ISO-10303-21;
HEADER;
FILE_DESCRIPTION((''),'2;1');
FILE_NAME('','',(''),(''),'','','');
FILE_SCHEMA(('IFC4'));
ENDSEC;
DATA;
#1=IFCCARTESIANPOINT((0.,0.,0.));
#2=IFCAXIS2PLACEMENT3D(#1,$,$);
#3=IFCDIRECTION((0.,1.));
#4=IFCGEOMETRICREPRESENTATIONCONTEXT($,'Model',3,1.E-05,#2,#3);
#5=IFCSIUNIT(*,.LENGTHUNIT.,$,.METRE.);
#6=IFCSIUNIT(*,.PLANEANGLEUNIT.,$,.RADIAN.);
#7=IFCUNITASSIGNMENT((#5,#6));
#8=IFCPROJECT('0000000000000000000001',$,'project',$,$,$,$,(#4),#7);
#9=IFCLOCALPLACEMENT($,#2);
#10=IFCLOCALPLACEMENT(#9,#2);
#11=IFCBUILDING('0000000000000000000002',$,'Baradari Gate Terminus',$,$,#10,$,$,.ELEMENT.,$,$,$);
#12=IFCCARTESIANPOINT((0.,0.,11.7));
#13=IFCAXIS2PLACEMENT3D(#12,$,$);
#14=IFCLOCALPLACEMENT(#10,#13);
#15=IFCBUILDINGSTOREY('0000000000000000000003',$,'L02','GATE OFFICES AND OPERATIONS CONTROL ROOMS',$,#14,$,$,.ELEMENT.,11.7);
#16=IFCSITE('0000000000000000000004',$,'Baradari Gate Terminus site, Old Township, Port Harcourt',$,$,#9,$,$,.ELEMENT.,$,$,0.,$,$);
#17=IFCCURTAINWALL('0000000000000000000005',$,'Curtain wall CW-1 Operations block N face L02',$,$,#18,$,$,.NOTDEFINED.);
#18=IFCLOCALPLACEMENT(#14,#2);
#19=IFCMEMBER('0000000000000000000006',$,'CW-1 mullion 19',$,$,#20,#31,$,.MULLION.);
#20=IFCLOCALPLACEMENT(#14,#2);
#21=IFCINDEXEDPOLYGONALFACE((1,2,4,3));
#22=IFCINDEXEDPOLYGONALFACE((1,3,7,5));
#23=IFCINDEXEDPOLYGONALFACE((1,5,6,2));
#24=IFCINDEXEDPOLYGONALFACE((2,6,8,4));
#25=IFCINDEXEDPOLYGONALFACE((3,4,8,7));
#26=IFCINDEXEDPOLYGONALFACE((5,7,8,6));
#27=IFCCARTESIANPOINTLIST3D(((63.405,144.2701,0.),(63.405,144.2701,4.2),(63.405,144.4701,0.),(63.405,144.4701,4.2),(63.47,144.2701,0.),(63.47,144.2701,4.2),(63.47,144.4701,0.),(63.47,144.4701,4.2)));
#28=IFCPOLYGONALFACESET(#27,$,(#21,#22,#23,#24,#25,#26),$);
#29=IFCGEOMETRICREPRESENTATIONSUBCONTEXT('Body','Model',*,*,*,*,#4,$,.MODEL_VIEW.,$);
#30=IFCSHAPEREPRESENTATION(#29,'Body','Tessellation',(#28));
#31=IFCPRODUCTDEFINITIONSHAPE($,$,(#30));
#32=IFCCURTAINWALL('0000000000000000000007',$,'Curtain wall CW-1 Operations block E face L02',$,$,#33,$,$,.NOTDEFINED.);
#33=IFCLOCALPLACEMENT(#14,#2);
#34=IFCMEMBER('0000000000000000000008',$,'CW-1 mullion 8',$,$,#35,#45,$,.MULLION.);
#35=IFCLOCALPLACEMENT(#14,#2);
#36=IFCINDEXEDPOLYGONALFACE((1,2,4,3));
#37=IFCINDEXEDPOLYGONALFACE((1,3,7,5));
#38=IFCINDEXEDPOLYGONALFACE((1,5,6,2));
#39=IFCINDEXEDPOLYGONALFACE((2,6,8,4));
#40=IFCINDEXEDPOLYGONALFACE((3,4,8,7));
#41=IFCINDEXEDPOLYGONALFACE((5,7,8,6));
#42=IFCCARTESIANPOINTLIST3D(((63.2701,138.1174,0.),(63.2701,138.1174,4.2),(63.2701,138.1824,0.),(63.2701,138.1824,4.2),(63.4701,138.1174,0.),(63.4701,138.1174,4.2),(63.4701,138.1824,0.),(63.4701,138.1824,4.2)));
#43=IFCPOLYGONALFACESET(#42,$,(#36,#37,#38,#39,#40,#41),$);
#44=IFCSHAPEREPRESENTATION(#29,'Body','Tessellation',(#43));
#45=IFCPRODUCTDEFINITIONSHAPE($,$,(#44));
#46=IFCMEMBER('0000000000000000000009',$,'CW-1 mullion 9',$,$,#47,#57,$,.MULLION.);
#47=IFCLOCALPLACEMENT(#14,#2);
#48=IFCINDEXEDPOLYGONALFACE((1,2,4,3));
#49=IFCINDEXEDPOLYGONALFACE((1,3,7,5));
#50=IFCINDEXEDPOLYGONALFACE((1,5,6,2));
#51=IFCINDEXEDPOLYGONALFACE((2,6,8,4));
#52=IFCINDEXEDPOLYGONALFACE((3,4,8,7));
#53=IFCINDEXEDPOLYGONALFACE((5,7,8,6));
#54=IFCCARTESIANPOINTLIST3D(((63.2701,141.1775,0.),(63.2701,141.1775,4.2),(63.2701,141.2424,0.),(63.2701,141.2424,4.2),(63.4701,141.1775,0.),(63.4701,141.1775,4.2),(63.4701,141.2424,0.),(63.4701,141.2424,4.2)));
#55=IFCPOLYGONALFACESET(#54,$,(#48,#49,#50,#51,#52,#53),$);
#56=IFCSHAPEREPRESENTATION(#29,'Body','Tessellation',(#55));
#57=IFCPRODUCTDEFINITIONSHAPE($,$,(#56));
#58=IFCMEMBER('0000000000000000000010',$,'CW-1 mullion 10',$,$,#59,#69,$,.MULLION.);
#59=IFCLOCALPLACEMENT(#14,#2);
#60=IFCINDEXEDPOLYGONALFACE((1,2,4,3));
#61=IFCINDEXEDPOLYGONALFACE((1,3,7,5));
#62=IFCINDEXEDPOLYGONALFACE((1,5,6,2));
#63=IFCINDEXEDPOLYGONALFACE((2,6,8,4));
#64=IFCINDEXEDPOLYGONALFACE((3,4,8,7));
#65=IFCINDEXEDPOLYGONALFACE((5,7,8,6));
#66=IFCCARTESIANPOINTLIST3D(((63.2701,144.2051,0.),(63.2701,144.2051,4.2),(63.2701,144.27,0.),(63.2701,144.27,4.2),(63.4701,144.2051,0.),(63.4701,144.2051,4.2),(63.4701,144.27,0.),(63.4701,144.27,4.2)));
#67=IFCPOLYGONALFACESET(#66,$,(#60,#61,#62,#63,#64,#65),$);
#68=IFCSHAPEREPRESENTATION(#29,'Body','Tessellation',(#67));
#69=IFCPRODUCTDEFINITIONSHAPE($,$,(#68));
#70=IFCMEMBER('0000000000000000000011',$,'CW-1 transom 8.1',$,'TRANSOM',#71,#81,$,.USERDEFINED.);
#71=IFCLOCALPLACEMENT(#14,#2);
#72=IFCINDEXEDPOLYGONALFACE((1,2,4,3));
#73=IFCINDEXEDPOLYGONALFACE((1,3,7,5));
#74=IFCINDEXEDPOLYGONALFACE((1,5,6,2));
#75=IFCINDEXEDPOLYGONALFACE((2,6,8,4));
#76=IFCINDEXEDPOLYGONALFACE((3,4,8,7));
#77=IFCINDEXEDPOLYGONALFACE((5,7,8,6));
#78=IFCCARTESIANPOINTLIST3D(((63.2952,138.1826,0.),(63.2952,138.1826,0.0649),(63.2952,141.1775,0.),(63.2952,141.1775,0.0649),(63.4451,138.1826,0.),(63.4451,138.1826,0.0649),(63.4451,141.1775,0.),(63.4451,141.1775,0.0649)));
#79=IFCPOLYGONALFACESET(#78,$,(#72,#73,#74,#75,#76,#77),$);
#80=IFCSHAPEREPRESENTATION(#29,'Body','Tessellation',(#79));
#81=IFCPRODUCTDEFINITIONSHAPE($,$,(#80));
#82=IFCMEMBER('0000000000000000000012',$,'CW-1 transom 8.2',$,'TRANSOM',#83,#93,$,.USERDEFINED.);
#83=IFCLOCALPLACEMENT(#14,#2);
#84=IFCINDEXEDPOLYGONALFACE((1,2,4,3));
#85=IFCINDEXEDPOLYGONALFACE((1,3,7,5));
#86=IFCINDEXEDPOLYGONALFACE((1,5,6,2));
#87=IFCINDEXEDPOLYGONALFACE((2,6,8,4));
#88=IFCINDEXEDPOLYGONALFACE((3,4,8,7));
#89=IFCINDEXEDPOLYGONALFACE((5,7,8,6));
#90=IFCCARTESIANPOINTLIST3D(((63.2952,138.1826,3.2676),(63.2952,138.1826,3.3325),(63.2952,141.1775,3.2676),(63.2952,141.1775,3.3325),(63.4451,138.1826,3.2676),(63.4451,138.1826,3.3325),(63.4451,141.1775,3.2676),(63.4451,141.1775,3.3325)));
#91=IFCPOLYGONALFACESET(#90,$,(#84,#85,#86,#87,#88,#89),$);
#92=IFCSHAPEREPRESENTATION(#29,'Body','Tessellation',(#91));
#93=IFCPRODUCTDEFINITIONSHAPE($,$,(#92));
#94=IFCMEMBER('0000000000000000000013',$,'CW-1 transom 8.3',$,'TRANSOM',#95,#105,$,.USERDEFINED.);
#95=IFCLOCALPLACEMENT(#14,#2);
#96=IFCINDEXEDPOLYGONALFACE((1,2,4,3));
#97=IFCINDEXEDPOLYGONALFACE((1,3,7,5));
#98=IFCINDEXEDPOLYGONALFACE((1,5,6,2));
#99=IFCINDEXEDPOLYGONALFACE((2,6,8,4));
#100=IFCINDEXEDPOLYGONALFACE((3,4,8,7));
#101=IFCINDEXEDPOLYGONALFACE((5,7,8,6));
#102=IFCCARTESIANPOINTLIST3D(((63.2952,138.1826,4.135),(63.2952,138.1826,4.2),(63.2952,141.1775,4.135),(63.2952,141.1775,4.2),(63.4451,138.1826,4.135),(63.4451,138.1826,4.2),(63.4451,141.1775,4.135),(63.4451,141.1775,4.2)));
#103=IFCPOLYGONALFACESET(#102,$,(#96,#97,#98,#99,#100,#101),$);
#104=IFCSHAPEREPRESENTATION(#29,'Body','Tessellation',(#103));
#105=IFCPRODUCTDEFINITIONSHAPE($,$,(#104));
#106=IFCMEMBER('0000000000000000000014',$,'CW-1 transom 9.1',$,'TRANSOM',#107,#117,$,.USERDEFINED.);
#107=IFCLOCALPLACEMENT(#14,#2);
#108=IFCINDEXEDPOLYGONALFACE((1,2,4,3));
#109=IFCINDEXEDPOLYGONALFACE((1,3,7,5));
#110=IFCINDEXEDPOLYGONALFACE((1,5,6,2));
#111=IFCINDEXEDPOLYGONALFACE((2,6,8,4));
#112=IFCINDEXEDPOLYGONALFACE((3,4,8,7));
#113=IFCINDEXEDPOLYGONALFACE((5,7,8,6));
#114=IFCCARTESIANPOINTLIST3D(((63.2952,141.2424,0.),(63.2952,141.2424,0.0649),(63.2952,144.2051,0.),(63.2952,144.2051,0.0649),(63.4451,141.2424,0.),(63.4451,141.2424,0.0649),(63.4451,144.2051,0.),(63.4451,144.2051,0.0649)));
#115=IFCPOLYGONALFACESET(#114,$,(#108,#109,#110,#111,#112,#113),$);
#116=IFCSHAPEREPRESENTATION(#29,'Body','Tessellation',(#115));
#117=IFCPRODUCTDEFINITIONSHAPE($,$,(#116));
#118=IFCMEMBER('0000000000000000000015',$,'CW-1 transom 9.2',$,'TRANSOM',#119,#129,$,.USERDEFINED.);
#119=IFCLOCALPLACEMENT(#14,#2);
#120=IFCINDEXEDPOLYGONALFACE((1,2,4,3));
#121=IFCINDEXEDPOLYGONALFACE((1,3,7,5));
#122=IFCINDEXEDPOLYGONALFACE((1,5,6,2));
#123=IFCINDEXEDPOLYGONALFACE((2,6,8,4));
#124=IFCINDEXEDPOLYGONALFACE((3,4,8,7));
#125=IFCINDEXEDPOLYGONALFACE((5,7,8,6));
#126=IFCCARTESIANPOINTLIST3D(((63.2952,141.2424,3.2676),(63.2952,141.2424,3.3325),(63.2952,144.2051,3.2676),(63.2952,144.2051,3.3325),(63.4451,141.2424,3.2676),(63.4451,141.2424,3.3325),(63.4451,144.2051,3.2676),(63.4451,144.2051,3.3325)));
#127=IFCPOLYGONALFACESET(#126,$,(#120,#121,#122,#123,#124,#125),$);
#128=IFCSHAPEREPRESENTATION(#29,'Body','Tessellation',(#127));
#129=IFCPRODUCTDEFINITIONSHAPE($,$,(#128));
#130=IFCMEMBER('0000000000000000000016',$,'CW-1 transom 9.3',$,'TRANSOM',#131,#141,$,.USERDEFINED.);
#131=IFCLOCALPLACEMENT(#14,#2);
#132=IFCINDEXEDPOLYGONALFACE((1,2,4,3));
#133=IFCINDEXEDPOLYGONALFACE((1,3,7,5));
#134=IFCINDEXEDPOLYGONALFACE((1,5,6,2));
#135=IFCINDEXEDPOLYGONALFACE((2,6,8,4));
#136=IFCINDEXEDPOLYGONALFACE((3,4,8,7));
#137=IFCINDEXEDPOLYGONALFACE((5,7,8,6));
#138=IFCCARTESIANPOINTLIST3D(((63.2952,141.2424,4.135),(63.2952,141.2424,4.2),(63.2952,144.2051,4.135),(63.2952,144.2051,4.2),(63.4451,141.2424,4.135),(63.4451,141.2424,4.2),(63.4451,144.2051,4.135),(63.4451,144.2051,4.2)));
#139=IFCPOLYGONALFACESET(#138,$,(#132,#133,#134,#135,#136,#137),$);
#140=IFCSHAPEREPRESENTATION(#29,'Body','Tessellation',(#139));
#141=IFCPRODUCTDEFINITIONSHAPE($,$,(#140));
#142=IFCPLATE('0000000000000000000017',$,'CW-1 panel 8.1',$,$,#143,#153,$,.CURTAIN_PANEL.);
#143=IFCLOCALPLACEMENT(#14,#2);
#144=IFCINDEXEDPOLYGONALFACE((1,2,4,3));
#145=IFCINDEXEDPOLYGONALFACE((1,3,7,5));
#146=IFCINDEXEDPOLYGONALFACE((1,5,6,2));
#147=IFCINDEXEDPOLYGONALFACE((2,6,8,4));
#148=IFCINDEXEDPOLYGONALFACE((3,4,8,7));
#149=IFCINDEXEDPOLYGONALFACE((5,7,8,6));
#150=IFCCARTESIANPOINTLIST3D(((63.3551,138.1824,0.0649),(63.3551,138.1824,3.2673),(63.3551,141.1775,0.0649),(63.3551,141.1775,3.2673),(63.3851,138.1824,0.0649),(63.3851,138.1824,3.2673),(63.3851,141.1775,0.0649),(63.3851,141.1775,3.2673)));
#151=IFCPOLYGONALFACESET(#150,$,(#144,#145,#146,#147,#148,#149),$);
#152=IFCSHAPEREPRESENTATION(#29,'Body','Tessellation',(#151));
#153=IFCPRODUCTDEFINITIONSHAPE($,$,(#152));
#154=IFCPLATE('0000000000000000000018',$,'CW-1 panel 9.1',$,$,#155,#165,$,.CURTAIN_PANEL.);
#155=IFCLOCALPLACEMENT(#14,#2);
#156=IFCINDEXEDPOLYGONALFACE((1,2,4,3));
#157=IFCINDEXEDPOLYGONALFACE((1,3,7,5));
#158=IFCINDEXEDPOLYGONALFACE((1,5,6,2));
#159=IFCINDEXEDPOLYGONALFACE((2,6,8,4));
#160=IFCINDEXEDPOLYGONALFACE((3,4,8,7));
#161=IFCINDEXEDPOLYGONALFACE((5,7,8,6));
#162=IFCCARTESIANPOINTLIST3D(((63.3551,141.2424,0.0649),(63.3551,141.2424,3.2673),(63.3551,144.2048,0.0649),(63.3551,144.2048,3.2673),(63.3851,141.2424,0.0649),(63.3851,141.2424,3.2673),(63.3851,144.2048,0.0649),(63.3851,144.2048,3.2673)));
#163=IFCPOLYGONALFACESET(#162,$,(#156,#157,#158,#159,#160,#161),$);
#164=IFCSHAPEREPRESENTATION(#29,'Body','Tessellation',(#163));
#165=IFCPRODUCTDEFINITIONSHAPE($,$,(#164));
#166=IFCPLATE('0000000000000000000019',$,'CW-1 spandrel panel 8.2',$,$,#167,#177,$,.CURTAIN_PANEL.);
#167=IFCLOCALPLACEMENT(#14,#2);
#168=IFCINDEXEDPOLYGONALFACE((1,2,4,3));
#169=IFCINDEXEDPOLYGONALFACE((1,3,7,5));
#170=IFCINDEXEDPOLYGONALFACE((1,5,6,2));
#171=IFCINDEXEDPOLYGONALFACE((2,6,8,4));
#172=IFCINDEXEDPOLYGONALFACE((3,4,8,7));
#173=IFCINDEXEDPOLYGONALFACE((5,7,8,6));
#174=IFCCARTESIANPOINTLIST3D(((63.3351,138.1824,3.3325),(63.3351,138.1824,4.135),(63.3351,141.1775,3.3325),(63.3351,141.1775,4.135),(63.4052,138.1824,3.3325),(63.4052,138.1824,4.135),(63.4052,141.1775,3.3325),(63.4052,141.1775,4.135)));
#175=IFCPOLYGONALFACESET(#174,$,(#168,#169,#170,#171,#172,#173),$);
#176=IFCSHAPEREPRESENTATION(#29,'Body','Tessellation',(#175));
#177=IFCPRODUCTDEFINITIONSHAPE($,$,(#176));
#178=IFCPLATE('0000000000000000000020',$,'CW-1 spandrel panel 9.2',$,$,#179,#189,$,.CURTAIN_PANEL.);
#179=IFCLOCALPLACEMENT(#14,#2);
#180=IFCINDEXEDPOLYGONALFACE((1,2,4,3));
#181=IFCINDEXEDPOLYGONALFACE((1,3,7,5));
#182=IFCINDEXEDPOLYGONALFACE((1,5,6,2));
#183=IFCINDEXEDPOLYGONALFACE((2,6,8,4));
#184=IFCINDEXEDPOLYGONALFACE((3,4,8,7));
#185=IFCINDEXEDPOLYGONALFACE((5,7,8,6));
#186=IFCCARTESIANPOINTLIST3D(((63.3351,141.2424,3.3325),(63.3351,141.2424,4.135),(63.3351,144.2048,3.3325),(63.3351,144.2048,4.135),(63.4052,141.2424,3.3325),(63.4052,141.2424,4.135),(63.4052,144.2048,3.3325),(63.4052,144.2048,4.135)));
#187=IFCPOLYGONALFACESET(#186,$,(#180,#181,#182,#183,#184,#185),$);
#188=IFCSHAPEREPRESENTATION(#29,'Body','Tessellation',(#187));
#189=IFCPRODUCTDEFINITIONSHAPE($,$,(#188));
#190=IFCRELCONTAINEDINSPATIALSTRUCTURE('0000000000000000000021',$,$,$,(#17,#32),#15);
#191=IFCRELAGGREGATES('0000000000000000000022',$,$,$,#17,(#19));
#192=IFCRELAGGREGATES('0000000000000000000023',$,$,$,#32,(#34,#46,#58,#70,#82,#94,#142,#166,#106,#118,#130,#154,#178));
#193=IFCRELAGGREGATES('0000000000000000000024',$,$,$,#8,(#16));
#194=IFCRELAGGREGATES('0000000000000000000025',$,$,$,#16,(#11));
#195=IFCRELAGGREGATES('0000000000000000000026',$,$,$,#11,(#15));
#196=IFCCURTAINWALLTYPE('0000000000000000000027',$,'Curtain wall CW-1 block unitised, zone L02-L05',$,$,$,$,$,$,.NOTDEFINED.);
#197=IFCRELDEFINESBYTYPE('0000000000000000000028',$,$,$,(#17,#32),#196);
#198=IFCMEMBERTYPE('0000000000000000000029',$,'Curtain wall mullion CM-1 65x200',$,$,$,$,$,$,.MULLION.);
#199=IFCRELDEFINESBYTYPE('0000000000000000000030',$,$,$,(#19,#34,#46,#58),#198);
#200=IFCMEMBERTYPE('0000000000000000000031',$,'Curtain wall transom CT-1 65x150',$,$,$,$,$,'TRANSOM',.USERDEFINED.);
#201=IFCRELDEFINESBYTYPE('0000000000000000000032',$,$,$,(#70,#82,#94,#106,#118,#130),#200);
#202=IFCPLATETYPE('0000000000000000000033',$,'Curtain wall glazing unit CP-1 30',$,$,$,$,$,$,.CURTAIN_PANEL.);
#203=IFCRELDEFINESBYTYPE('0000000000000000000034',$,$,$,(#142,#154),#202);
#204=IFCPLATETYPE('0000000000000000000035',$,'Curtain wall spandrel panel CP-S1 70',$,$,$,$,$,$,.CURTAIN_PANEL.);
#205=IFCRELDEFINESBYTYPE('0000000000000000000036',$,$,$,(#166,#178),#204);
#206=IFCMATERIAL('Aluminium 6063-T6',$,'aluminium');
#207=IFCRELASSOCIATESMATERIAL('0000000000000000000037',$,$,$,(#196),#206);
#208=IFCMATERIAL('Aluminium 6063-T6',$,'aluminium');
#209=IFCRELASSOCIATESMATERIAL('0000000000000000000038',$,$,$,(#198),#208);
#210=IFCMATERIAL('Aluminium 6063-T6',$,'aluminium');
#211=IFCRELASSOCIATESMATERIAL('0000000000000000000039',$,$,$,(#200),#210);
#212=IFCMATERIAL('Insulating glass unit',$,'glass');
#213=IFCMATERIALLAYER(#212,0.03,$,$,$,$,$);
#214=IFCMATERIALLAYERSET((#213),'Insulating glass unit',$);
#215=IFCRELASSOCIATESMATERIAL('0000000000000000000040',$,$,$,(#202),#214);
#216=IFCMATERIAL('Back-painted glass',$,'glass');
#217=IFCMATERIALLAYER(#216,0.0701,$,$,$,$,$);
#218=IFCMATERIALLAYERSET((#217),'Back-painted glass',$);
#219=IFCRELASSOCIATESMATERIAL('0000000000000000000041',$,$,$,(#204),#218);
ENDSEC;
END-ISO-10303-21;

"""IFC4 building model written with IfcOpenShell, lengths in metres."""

from ifc_helpers import new_model, si_unit, direction, frame, origin, origin_2d, place, context, subcontext, project, spatial, rectangle, extrude, material, layer, layer_set, material_profile, profile_set, type_object, element, aggregate, save


model = new_model("IFC4")

# Units and contexts
model_context = context("Model", 3, precision=1e-05, world=origin(), true_north=direction((0.0, 1.0)))
body_context = subcontext(model_context, "Body", "Model", "MODEL_VIEW")
ifc_project = project(units=[si_unit("LENGTHUNIT", "METRE"), si_unit("PLANEANGLEUNIT", "RADIAN")], contexts=[model_context])

# Site, building, storey
site_placement = place(None, origin())
site = spatial("IfcSite", under=ifc_project, at=site_placement, Name="Baradari Gate Terminus site, Old Township, Port Harcourt", CompositionType="ELEMENT", RefElevation=0.0)
building_placement = place(site_placement, origin())
building = spatial("IfcBuilding", under=site, at=building_placement, Name="Baradari Gate Terminus", CompositionType="ELEMENT")
storey_placement = place(building_placement, frame((0.0, 0.0, 11.7)))
storey = spatial("IfcBuildingStorey", under=building, at=storey_placement, Name="L02", Description="GATE OFFICES AND OPERATIONS CONTROL ROOMS", CompositionType="ELEMENT", Elevation=11.7)

# Curtain wall, member
ifc_material_1 = material(Name="Aluminium 6063-T6", Category="aluminium")
curtain_wall_type = type_object("IfcCurtainWallType", Name="Curtain wall CW-1 block unitised, zone L02-L05", PredefinedType="NOTDEFINED", material=ifc_material_1)
curtain_wall_1_placement = place(storey_placement, origin())
curtain_wall_1 = element("IfcCurtainWall", 1, at=curtain_wall_1_placement, inside=storey, type_object=curtain_wall_type, Name="Curtain wall CW-1 Operations block N face L02", PredefinedType="NOTDEFINED")
ifc_material_2 = material(Name="Aluminium 6063-T6", Category="aluminium")
ifc_material_profile_1 = material_profile(ifc_material_2, rectangle(XDim=0.2, YDim=0.0649, at=origin_2d()), Name="CM-1 65X200")
ifc_profile_set_1 = profile_set([ifc_material_profile_1], Name="Aluminium 6063-T6")
member_type_1 = type_object("IfcMemberType", Name="Curtain wall mullion CM-1 65x200", PredefinedType="MULLION", material=ifc_profile_set_1)
member_1_placement = place(storey_placement, frame((63.4375, 144.3701, 0.0), z_axis=(0.0, 0.0, 1.0), x_axis=(0.0, 1.0, 0.0)))
member_1 = element("IfcMember", 2, at=member_1_placement, type_object=member_type_1, Name="CW-1 mullion 19", PredefinedType="MULLION", context=body_context, shape_type="SweptSolid", body=[
    extrude(rectangle(XDim=0.2, YDim=0.0649, at=origin_2d()), origin(), (0.0, 0.0, 1.0), 4.2),
])
aggregate(curtain_wall_1, [member_1])

# Curtain wall, members, plates
curtain_wall_2_placement = place(storey_placement, origin())
curtain_wall_2 = element("IfcCurtainWall", 3, at=curtain_wall_2_placement, inside=storey, type_object=curtain_wall_type, Name="Curtain wall CW-1 Operations block E face L02", PredefinedType="NOTDEFINED")
member_2_placement = place(storey_placement, frame((63.3701, 138.1499, 0.0), z_axis=(0.0, 0.0, 1.0), x_axis=(-1.0, 0.0, 0.0)))
member_2 = element("IfcMember", 4, at=member_2_placement, type_object=member_type_1, Name="CW-1 mullion 8", PredefinedType="MULLION", context=body_context, shape_type="SweptSolid", body=[
    extrude(rectangle(XDim=0.2, YDim=0.0649, at=origin_2d()), origin(), (0.0, 0.0, 1.0), 4.2),
])
member_3_placement = place(storey_placement, frame((63.3701, 141.21, 0.0), z_axis=(0.0, 0.0, 1.0), x_axis=(-1.0, 0.0, 0.0)))
member_3 = element("IfcMember", 5, at=member_3_placement, type_object=member_type_1, Name="CW-1 mullion 9", PredefinedType="MULLION", context=body_context, shape_type="SweptSolid", body=[
    extrude(rectangle(XDim=0.2, YDim=0.0649, at=origin_2d()), origin(), (0.0, 0.0, 1.0), 4.2),
])
member_4_placement = place(storey_placement, frame((63.3701, 144.2375, 0.0), z_axis=(0.0, 0.0, 1.0), x_axis=(-1.0, 0.0, 0.0)))
member_4 = element("IfcMember", 6, at=member_4_placement, type_object=member_type_1, Name="CW-1 mullion 10", PredefinedType="MULLION", context=body_context, shape_type="SweptSolid", body=[
    extrude(rectangle(XDim=0.2, YDim=0.0649, at=origin_2d()), origin(), (0.0, 0.0, 1.0), 4.2),
])
ifc_material_3 = material(Name="Aluminium 6063-T6", Category="aluminium")
ifc_material_profile_2 = material_profile(ifc_material_3, rectangle(XDim=0.1499, YDim=0.0649, at=origin_2d()), Name="CT-1 65X150")
ifc_profile_set_2 = profile_set([ifc_material_profile_2], Name="Aluminium 6063-T6")
member_type_2 = type_object("IfcMemberType", Name="Curtain wall transom CT-1 65x150", ElementType="TRANSOM", PredefinedType="USERDEFINED", material=ifc_profile_set_2)
member_5_placement = place(storey_placement, frame((63.3701, 138.1826, 0.0325), z_axis=(0.0, 1.0, 0.0), x_axis=(-1.0, 0.0, 0.0)))
member_5 = element("IfcMember", 7, at=member_5_placement, type_object=member_type_2, Name="CW-1 transom 8.1", ObjectType="TRANSOM", PredefinedType="USERDEFINED", context=body_context, shape_type="SweptSolid", body=[
    extrude(rectangle(XDim=0.1499, YDim=0.0649, at=origin_2d()), origin(), (0.0, 0.0, 1.0), 2.9949),
])
member_6_placement = place(storey_placement, frame((63.3701, 138.1826, 3.3), z_axis=(0.0, 1.0, 0.0), x_axis=(-1.0, 0.0, 0.0)))
member_6 = element("IfcMember", 8, at=member_6_placement, type_object=member_type_2, Name="CW-1 transom 8.2", ObjectType="TRANSOM", PredefinedType="USERDEFINED", context=body_context, shape_type="SweptSolid", body=[
    extrude(rectangle(XDim=0.1499, YDim=0.0649, at=origin_2d()), origin(), (0.0, 0.0, 1.0), 2.9949),
])
member_7_placement = place(storey_placement, frame((63.3701, 138.1826, 4.1675), z_axis=(0.0, 1.0, 0.0), x_axis=(-1.0, 0.0, 0.0)))
member_7 = element("IfcMember", 9, at=member_7_placement, type_object=member_type_2, Name="CW-1 transom 8.3", ObjectType="TRANSOM", PredefinedType="USERDEFINED", context=body_context, shape_type="SweptSolid", body=[
    extrude(rectangle(XDim=0.1499, YDim=0.0649, at=origin_2d()), origin(), (0.0, 0.0, 1.0), 2.9949),
])
member_8_placement = place(storey_placement, frame((63.3701, 141.2424, 0.0325), z_axis=(0.0, 1.0, 0.0), x_axis=(-1.0, 0.0, 0.0)))
member_8 = element("IfcMember", 10, at=member_8_placement, type_object=member_type_2, Name="CW-1 transom 9.1", ObjectType="TRANSOM", PredefinedType="USERDEFINED", context=body_context, shape_type="SweptSolid", body=[
    extrude(rectangle(XDim=0.1499, YDim=0.0649, at=origin_2d()), origin(), (0.0, 0.0, 1.0), 2.9626),
])
member_9_placement = place(storey_placement, frame((63.3701, 141.2424, 3.3), z_axis=(0.0, 1.0, 0.0), x_axis=(-1.0, 0.0, 0.0)))
member_9 = element("IfcMember", 11, at=member_9_placement, type_object=member_type_2, Name="CW-1 transom 9.2", ObjectType="TRANSOM", PredefinedType="USERDEFINED", context=body_context, shape_type="SweptSolid", body=[
    extrude(rectangle(XDim=0.1499, YDim=0.0649, at=origin_2d()), origin(), (0.0, 0.0, 1.0), 2.9626),
])
member_10_placement = place(storey_placement, frame((63.3701, 141.2424, 4.1675), z_axis=(0.0, 1.0, 0.0), x_axis=(-1.0, 0.0, 0.0)))
member_10 = element("IfcMember", 12, at=member_10_placement, type_object=member_type_2, Name="CW-1 transom 9.3", ObjectType="TRANSOM", PredefinedType="USERDEFINED", context=body_context, shape_type="SweptSolid", body=[
    extrude(rectangle(XDim=0.1499, YDim=0.0649, at=origin_2d()), origin(), (0.0, 0.0, 1.0), 2.9626),
])
ifc_material_4 = material(Name="Insulating glass unit", Category="glass")
ifc_layer_1 = layer(ifc_material_4, 0.03)
ifc_layer_set_1 = layer_set([ifc_layer_1], Name="Insulating glass unit")
plate_type_1 = type_object("IfcPlateType", Name="Curtain wall glazing unit CP-1 30", PredefinedType="CURTAIN_PANEL", material=ifc_layer_set_1)
plate_1_placement = place(storey_placement, frame((63.3701, 139.6799, 0.0649), z_axis=(0.0, 0.0, 1.0), x_axis=(0.0, 1.0, 0.0)))
plate_1 = element("IfcPlate", 13, at=plate_1_placement, type_object=plate_type_1, Name="CW-1 panel 8.1", PredefinedType="CURTAIN_PANEL", context=body_context, shape_type="SweptSolid", body=[
    extrude(rectangle(XDim=2.9951, YDim=0.03, at=origin_2d()), origin(), (0.0, 0.0, 1.0), 3.2024),
])
plate_2_placement = place(storey_placement, frame((63.3701, 142.7236, 0.0649), z_axis=(0.0, 0.0, 1.0), x_axis=(0.0, 1.0, 0.0)))
plate_2 = element("IfcPlate", 14, at=plate_2_placement, type_object=plate_type_1, Name="CW-1 panel 9.1", PredefinedType="CURTAIN_PANEL", context=body_context, shape_type="SweptSolid", body=[
    extrude(rectangle(XDim=2.9624, YDim=0.03, at=origin_2d()), origin(), (0.0, 0.0, 1.0), 3.2024),
])
ifc_material_5 = material(Name="Back-painted glass", Category="glass")
ifc_layer_2 = layer(ifc_material_5, 0.0701)
ifc_layer_set_2 = layer_set([ifc_layer_2], Name="Back-painted glass")
plate_type_2 = type_object("IfcPlateType", Name="Curtain wall spandrel panel CP-S1 70", PredefinedType="CURTAIN_PANEL", material=ifc_layer_set_2)
plate_3_placement = place(storey_placement, frame((63.3701, 139.6799, 3.3325), z_axis=(0.0, 0.0, 1.0), x_axis=(0.0, 1.0, 0.0)))
plate_3 = element("IfcPlate", 15, at=plate_3_placement, type_object=plate_type_2, Name="CW-1 spandrel panel 8.2", PredefinedType="CURTAIN_PANEL", context=body_context, shape_type="SweptSolid", body=[
    extrude(rectangle(XDim=2.9951, YDim=0.0701, at=origin_2d()), origin(), (0.0, 0.0, 1.0), 0.8025),
])
plate_4_placement = place(storey_placement, frame((63.3701, 142.7236, 3.3325), z_axis=(0.0, 0.0, 1.0), x_axis=(0.0, 1.0, 0.0)))
plate_4 = element("IfcPlate", 16, at=plate_4_placement, type_object=plate_type_2, Name="CW-1 spandrel panel 9.2", PredefinedType="CURTAIN_PANEL", context=body_context, shape_type="SweptSolid", body=[
    extrude(rectangle(XDim=2.9624, YDim=0.0701, at=origin_2d()), origin(), (0.0, 0.0, 1.0), 0.8025),
])
aggregate(curtain_wall_2, [member_2, member_3, member_4, member_5, member_6, member_7, plate_1, plate_3, member_8, member_9, member_10, plate_2, plate_4])

save(model, "model.ifc")
